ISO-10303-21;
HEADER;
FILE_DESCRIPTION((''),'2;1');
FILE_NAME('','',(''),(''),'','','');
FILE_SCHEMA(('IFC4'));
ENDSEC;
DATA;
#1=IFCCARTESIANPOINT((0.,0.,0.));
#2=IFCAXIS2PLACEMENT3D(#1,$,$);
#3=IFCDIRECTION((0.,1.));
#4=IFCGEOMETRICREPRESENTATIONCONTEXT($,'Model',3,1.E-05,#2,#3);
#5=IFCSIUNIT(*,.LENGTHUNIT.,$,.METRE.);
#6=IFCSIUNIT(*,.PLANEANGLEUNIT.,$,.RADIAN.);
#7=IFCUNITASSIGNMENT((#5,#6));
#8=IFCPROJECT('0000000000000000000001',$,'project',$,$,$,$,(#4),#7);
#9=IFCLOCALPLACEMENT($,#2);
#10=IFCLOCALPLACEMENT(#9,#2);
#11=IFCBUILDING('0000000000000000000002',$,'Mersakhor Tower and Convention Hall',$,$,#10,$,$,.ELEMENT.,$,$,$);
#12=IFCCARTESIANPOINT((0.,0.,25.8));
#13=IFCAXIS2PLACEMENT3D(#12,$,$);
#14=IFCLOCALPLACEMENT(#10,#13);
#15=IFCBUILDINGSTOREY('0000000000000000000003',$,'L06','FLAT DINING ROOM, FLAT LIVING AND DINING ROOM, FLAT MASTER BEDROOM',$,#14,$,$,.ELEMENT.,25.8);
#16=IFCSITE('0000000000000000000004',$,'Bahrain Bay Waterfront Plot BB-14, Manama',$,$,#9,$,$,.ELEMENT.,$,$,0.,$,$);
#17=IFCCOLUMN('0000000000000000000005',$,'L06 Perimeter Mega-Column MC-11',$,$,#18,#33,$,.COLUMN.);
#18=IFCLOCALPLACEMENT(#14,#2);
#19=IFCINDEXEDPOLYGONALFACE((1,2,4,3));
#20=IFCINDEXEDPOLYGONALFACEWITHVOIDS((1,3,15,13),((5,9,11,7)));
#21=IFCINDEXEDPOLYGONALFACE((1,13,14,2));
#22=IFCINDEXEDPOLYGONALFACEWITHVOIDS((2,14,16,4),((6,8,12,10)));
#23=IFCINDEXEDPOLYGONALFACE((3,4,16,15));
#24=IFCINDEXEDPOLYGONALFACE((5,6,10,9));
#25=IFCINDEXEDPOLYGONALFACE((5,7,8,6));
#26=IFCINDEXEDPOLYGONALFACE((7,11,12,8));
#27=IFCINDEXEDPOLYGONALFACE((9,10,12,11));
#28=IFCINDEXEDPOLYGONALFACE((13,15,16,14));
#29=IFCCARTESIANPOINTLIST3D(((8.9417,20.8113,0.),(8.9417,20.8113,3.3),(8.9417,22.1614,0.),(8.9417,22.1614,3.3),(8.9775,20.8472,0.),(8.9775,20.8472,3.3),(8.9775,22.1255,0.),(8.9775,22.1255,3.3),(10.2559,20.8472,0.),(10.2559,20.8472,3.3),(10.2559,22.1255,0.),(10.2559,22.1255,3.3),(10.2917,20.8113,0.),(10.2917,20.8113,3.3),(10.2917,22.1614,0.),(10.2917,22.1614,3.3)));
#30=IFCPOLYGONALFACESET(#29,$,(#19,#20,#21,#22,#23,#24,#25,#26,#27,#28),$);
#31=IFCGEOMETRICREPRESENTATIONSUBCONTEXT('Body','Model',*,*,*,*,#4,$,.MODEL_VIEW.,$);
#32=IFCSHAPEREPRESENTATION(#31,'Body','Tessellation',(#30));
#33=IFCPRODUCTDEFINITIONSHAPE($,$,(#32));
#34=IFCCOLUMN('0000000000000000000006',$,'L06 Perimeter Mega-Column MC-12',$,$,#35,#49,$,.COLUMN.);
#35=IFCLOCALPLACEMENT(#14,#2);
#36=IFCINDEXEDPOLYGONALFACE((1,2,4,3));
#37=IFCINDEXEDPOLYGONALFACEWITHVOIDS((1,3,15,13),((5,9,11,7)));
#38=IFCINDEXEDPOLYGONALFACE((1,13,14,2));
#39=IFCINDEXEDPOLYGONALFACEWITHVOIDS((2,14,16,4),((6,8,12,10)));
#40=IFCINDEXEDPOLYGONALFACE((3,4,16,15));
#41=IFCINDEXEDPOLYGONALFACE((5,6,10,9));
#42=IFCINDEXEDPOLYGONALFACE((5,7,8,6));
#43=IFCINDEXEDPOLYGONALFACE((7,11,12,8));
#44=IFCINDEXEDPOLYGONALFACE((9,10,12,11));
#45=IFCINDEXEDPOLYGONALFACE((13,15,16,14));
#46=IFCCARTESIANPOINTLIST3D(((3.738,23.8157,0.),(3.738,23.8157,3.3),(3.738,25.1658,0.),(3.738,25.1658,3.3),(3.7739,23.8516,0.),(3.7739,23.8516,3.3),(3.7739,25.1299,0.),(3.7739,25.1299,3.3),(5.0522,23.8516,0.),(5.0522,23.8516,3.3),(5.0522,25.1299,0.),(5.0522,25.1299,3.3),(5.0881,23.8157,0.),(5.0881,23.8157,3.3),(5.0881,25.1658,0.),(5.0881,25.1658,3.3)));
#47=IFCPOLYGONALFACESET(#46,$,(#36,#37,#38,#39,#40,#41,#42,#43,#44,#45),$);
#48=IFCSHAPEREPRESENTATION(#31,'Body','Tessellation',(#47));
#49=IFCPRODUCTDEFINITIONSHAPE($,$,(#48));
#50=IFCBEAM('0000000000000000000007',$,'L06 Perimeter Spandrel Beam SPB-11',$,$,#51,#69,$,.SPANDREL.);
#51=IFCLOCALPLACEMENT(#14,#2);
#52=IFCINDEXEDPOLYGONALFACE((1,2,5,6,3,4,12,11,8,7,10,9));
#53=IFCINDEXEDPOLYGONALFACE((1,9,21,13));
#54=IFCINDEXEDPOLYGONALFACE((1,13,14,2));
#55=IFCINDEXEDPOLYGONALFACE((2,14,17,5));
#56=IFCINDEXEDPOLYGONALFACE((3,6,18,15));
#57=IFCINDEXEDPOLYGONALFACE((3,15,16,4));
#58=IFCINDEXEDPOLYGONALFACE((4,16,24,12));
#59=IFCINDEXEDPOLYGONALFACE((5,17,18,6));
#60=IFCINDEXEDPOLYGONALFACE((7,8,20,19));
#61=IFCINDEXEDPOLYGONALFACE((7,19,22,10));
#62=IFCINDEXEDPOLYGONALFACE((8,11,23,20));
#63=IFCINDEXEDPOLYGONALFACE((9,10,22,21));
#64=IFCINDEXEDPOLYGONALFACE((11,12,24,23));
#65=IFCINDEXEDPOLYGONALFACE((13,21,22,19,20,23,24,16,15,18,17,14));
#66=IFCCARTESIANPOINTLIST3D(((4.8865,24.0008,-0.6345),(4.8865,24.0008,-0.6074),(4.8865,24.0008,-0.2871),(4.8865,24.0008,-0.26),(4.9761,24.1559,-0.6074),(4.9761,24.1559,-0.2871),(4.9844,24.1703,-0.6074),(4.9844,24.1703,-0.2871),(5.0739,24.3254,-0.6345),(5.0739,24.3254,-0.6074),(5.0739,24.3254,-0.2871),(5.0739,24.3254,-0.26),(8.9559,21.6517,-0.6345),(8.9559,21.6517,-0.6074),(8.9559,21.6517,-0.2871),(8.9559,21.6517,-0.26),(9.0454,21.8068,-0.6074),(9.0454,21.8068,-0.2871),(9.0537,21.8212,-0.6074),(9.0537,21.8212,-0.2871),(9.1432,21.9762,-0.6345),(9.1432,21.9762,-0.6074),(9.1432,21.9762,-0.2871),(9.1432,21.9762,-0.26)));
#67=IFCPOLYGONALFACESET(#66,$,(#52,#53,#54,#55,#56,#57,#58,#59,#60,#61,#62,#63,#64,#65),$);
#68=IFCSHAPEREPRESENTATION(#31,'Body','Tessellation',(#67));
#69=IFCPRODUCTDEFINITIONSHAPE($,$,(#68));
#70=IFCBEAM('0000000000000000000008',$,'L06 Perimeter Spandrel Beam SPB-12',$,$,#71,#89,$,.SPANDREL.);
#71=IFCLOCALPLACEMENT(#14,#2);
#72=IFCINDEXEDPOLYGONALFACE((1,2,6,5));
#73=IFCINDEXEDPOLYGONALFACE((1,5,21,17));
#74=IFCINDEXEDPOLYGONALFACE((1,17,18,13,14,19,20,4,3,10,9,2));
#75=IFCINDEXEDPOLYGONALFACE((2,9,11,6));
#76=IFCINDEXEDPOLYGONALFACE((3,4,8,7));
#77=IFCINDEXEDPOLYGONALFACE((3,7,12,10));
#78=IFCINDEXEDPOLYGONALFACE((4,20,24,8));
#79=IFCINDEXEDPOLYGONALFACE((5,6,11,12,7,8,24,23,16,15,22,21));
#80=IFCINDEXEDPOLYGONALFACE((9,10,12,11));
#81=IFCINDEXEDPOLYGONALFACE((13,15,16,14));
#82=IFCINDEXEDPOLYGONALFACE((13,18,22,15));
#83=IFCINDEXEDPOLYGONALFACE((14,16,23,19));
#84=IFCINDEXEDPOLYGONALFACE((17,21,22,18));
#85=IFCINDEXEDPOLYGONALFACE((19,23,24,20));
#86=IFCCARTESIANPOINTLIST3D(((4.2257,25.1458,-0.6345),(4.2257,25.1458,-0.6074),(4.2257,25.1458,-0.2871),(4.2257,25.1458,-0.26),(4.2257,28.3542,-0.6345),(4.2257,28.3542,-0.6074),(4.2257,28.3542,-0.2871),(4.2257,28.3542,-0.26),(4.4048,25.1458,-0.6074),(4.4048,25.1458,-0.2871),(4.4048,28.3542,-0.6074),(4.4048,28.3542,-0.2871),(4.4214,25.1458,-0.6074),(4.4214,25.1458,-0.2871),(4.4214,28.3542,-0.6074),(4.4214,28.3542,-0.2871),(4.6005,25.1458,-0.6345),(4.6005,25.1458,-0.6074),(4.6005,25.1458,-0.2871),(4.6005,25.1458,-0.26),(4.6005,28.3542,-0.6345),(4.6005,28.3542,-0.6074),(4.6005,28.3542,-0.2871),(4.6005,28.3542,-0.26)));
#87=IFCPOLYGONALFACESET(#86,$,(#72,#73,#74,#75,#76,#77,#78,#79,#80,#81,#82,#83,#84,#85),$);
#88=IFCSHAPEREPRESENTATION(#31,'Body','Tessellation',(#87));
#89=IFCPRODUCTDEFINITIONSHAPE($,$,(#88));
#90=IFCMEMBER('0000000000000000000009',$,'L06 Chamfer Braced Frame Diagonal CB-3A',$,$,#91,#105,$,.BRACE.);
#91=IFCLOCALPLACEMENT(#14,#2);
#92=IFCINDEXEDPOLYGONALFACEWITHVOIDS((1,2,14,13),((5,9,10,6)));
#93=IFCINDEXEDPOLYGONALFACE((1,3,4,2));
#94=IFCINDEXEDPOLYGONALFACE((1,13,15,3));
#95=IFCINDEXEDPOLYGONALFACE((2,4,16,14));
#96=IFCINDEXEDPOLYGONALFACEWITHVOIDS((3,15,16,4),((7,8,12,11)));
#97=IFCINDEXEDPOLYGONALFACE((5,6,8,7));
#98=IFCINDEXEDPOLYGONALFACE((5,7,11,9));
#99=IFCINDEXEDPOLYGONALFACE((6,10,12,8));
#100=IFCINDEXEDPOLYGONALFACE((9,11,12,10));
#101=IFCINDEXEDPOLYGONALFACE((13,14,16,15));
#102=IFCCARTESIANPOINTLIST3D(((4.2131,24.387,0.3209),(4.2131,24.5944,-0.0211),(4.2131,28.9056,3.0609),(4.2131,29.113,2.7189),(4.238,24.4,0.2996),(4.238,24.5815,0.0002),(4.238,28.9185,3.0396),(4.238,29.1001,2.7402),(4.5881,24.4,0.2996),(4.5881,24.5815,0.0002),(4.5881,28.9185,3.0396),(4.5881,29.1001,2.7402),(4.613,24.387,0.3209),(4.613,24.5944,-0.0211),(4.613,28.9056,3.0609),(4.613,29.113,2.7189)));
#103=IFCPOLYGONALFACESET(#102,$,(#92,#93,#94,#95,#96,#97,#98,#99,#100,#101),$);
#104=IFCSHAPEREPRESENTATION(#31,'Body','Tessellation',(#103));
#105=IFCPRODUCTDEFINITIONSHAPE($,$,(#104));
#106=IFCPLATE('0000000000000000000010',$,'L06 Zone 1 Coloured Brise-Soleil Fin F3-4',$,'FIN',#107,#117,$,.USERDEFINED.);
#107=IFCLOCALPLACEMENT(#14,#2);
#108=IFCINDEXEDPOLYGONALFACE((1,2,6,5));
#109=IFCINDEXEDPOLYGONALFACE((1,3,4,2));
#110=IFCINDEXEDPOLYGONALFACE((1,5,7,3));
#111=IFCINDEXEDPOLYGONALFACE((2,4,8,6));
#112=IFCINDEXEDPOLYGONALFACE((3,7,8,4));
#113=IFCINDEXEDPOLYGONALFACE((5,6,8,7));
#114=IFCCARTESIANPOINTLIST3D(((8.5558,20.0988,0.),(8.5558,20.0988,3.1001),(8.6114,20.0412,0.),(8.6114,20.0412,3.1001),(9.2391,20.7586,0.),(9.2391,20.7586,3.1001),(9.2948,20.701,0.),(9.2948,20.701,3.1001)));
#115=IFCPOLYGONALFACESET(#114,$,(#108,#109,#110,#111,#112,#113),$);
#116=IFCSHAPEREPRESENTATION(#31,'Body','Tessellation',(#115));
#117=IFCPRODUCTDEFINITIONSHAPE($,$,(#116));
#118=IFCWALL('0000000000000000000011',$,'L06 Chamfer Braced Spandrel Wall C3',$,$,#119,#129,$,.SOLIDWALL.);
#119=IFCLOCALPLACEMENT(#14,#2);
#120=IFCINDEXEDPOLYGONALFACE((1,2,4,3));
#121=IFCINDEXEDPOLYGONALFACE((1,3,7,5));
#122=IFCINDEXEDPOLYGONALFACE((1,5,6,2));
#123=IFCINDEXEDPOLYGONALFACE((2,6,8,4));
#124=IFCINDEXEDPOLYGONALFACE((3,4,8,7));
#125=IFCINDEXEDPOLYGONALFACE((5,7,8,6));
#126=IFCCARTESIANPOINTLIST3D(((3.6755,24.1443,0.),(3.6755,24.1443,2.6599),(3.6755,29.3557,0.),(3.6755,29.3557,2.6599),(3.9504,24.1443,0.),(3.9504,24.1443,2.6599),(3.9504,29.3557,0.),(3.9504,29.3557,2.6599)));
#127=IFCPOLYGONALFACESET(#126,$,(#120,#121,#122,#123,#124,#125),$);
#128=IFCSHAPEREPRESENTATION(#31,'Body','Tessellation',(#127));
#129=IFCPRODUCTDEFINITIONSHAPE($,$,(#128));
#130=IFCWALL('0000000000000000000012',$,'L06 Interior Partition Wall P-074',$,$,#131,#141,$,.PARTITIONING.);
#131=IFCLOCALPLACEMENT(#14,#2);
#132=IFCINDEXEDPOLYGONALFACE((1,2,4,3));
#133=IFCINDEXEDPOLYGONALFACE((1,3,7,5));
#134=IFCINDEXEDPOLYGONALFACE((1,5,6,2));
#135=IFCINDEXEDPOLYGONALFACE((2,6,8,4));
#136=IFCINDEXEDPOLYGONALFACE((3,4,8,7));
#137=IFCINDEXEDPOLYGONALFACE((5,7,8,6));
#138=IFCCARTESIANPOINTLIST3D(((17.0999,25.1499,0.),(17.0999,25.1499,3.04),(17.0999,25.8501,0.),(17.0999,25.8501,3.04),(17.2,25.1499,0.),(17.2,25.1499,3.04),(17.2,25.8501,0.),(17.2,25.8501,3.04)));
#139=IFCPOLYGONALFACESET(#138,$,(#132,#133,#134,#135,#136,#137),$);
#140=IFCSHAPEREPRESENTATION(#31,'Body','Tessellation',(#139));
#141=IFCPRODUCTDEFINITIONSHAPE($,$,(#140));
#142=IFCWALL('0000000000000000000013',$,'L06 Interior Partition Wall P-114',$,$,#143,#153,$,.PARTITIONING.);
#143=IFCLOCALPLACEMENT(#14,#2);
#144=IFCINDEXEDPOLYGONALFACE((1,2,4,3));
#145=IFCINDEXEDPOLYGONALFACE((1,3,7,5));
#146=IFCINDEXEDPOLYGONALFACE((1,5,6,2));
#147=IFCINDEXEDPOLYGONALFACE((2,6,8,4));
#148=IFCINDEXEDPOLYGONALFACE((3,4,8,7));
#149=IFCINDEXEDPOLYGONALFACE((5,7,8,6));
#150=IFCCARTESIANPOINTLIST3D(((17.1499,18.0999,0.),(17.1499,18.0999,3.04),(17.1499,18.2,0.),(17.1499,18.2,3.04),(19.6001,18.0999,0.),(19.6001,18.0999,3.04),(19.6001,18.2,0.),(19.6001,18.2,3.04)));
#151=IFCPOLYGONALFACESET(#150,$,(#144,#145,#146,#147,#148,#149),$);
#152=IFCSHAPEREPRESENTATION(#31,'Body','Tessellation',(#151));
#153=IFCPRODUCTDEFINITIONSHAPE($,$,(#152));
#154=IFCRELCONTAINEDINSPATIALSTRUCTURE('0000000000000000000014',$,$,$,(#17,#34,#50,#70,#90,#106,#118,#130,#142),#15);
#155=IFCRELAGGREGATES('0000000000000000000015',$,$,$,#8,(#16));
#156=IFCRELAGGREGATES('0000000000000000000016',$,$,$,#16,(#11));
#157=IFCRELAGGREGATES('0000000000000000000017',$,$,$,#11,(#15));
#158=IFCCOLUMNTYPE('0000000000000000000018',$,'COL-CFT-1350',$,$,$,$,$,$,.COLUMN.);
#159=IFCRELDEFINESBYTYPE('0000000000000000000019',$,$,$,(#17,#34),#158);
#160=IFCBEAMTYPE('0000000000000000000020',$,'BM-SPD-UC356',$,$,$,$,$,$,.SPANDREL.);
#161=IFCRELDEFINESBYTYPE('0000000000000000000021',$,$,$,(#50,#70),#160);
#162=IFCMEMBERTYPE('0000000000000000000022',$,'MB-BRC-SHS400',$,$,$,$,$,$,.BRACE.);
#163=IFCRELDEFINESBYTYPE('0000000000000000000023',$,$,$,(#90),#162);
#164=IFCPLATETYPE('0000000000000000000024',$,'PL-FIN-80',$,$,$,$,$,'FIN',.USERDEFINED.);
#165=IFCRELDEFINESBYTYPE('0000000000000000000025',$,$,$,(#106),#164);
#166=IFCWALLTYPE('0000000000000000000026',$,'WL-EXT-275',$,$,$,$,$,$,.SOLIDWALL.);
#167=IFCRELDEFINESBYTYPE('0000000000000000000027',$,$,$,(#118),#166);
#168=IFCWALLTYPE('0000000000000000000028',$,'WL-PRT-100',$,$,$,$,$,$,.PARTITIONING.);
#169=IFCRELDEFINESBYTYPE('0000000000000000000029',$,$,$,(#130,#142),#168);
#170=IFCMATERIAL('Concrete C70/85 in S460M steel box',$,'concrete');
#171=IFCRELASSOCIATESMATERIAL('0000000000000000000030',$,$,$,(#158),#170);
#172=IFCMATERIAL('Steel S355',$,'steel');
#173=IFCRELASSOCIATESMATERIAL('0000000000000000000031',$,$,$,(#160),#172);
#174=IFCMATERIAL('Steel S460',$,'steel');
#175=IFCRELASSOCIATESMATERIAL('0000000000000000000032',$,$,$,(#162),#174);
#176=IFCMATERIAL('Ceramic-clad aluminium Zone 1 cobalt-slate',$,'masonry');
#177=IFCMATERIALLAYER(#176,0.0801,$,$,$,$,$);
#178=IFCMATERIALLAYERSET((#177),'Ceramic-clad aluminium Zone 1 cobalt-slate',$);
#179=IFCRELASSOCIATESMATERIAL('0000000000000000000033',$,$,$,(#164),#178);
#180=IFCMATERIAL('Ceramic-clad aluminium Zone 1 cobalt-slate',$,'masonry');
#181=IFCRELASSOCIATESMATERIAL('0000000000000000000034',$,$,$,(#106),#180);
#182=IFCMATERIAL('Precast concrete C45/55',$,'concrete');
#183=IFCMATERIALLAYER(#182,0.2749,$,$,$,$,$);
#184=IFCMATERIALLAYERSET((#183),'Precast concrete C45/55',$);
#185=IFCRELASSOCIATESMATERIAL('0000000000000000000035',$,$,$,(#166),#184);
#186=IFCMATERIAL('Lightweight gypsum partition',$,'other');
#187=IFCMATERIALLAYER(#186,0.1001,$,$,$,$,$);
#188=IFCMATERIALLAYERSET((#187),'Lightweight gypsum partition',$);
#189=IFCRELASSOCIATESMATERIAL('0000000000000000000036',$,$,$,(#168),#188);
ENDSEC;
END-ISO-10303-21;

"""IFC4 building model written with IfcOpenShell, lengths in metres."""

from ifc_helpers import new_model, si_unit, direction, frame, frame_2d, origin, origin_2d, place, context, subcontext, project, spatial, rectangle, hollow_rectangle, i_section, extrude, material, layer, layer_set, material_profile, profile_set, type_object, element, save


model = new_model("IFC4")

# Units and contexts
model_context = context("Model", 3, precision=1e-05, world=origin(), true_north=direction((0.0, 1.0)))
body_context = subcontext(model_context, "Body", "Model", "MODEL_VIEW")
ifc_project = project(units=[si_unit("LENGTHUNIT", "METRE"), si_unit("PLANEANGLEUNIT", "RADIAN")], contexts=[model_context])

# Site, building, storey
site_placement = place(None, origin())
site = spatial("IfcSite", under=ifc_project, at=site_placement, Name="Bahrain Bay Waterfront Plot BB-14, Manama", CompositionType="ELEMENT", RefElevation=0.0)
building_placement = place(site_placement, origin())
building = spatial("IfcBuilding", under=site, at=building_placement, Name="Mersakhor Tower and Convention Hall", CompositionType="ELEMENT")
storey_placement = place(building_placement, frame((0.0, 0.0, 25.8)))
storey = spatial("IfcBuildingStorey", under=building, at=storey_placement, Name="L06", Description="FLAT DINING ROOM, FLAT LIVING AND DINING ROOM, FLAT MASTER BEDROOM", CompositionType="ELEMENT", Elevation=25.8)

# Columns
ifc_material_1 = material(Name="Concrete C70/85 in S460M steel box", Category="concrete")
ifc_material_profile_1 = material_profile(ifc_material_1, hollow_rectangle(XDim=1.3501, YDim=1.3501, WallThickness=0.0359, at=origin_2d()), Name="SHS 1350x1350x36")
ifc_profile_set_1 = profile_set([ifc_material_profile_1], Name="Concrete C70/85 in S460M steel box")
column_type = type_object("IfcColumnType", Name="COL-CFT-1350", PredefinedType="COLUMN", material=ifc_profile_set_1)
for number, where, z_axis, x_axis, name in (
    (1, (9.6167, 21.4863, 0.0), (0.0, 0.0, 1.0), (1.0, 0.0, 0.0), "L06 Perimeter Mega-Column MC-11"),
    (2, (4.4131, 24.4907, 0.0), (0.0, 0.0, 1.0), (1.0, 0.0, 0.0), "L06 Perimeter Mega-Column MC-12"),
):
    element("IfcColumn", number, at=place(storey_placement, frame(where, z_axis=z_axis, x_axis=x_axis)), inside=storey, type_object=column_type, Name=name, PredefinedType="COLUMN", context=body_context, shape_type="SweptSolid", body=[
        extrude(hollow_rectangle(XDim=1.3501, YDim=1.3501, WallThickness=0.0359, at=origin_2d()), origin(), (0.0, 0.0, 1.0), 3.3),
    ])

# Beams
ifc_material_2 = material(Name="Steel S355", Category="steel")
ifc_material_profile_2 = material_profile(ifc_material_2, i_section(OverallWidth=0.3748, OverallDepth=0.3745, WebThickness=0.0166, FlangeThickness=0.0271, at=origin_2d()), Name="UC 356x368x202")
ifc_profile_set_2 = profile_set([ifc_material_profile_2], Name="Steel S355")
beam_type = type_object("IfcBeamType", Name="BM-SPD-UC356", PredefinedType="SPANDREL", material=ifc_profile_set_2)
beam_1_placement = place(storey_placement, frame((9.0496, 21.814, -0.4473), z_axis=(-0.866054, 0.49995, 0.0), x_axis=(-0.49995, -0.866054, 0.0)))
element("IfcBeam", 3, at=beam_1_placement, inside=storey, type_object=beam_type, Name="L06 Perimeter Spandrel Beam SPB-11", PredefinedType="SPANDREL", context=body_context, shape_type="SweptSolid", body=[
    extrude(i_section(OverallWidth=0.3748, OverallDepth=0.3745, WebThickness=0.0166, FlangeThickness=0.0271, at=origin_2d()), origin(), (0.0, 0.0, 1.0), 4.6987),
])
beam_2_placement = place(storey_placement, frame((4.4131, 25.1458, -0.4473), z_axis=(0.0, 1.0, 0.0), x_axis=(-1.0, 0.0, 0.0)))
element("IfcBeam", 4, at=beam_2_placement, inside=storey, type_object=beam_type, Name="L06 Perimeter Spandrel Beam SPB-12", PredefinedType="SPANDREL", context=body_context, shape_type="SweptSolid", body=[
    extrude(i_section(OverallWidth=0.3748, OverallDepth=0.3745, WebThickness=0.0166, FlangeThickness=0.0271, at=origin_2d()), origin(), (0.0, 0.0, 1.0), 3.2085),
])

# Member
ifc_material_3 = material(Name="Steel S460", Category="steel")
ifc_material_profile_3 = material_profile(ifc_material_3, hollow_rectangle(XDim=0.3999, YDim=0.3999, WallThickness=0.0249, at=origin_2d()), Name="SHS 400x400x25")
ifc_profile_set_3 = profile_set([ifc_material_profile_3], Name="Steel S460")
member_type = type_object("IfcMemberType", Name="MB-BRC-SHS400", PredefinedType="BRACE", material=ifc_profile_set_3)
member_placement = place(storey_placement, frame((4.4131, 24.4907, 0.1499), z_axis=(0.0, 0.855074, 0.518505), x_axis=(-1.0, 0.0, 0.0)))
element("IfcMember", 5, at=member_placement, inside=storey, type_object=member_type, Name="L06 Chamfer Braced Frame Diagonal CB-3A", PredefinedType="BRACE", context=body_context, shape_type="SweptSolid", body=[
    extrude(hollow_rectangle(XDim=0.3999, YDim=0.3999, WallThickness=0.0249, at=origin_2d()), origin(), (0.0, 0.0, 1.0), 5.2844),
])

# Plate
ifc_material_4 = material(Name="Ceramic-clad aluminium Zone 1 cobalt-slate", Category="masonry")
ifc_material_5 = material(Name="Ceramic-clad aluminium Zone 1 cobalt-slate", Category="masonry")
ifc_layer_1 = layer(ifc_material_5, 0.0801)
ifc_layer_set_1 = layer_set([ifc_layer_1], Name="Ceramic-clad aluminium Zone 1 cobalt-slate")
plate_type = type_object("IfcPlateType", Name="PL-FIN-80", ElementType="FIN", PredefinedType="USERDEFINED", material=ifc_layer_set_1)
plate_placement = place(storey_placement, frame((8.9253, 20.3999, 0.0), z_axis=(0.0, 0.0, 1.0), x_axis=(-0.71934, -0.694658, 0.0)))
element("IfcPlate", 6, at=plate_placement, inside=storey, type_object=plate_type, material=ifc_material_4, Name="L06 Zone 1 Coloured Brise-Soleil Fin F3-4", ObjectType="FIN", PredefinedType="USERDEFINED", context=body_context, shape_type="SweptSolid", body=[
    extrude(rectangle(XDim=0.95, YDim=0.0801, at=origin_2d()), origin(), (0.0, 0.0, 1.0), 3.1001),
])

# Walls
ifc_material_6 = material(Name="Precast concrete C45/55", Category="concrete")
ifc_layer_2 = layer(ifc_material_6, 0.2749)
ifc_layer_set_2 = layer_set([ifc_layer_2], Name="Precast concrete C45/55")
wall_type_1 = type_object("IfcWallType", Name="WL-EXT-275", PredefinedType="SOLIDWALL", material=ifc_layer_set_2)
wall_1_placement = place(storey_placement, frame((3.813, 24.1443, 0.0), z_axis=(0.0, 0.0, 1.0), x_axis=(0.0, 1.0, 0.0)))
element("IfcWall", 7, at=wall_1_placement, inside=storey, type_object=wall_type_1, Name="L06 Chamfer Braced Spandrel Wall C3", PredefinedType="SOLIDWALL", context=body_context, shape_type="SweptSolid", body=[
    extrude(rectangle(XDim=5.2114, YDim=0.2749, at=frame_2d((2.6057, 0.0))), origin(), (0.0, 0.0, 1.0), 2.6599),
])
ifc_material_7 = material(Name="Lightweight gypsum partition", Category="other")
ifc_layer_3 = layer(ifc_material_7, 0.1001)
ifc_layer_set_3 = layer_set([ifc_layer_3], Name="Lightweight gypsum partition")
wall_type_2 = type_object("IfcWallType", Name="WL-PRT-100", PredefinedType="PARTITIONING", material=ifc_layer_set_3)
wall_2_placement = place(storey_placement, frame((17.1499, 25.1499, 0.0), z_axis=(0.0, 0.0, 1.0), x_axis=(0.0, 1.0, 0.0)))
element("IfcWall", 8, at=wall_2_placement, inside=storey, type_object=wall_type_2, Name="L06 Interior Partition Wall P-074", PredefinedType="PARTITIONING", context=body_context, shape_type="SweptSolid", body=[
    extrude(rectangle(XDim=0.7002, YDim=0.1001, at=frame_2d((0.3501, 0.0))), origin(), (0.0, 0.0, 1.0), 3.04),
])
wall_3_placement = place(storey_placement, frame((19.6001, 18.1499, 0.0), z_axis=(0.0, 0.0, 1.0), x_axis=(-1.0, 0.0, 0.0)))
element("IfcWall", 9, at=wall_3_placement, inside=storey, type_object=wall_type_2, Name="L06 Interior Partition Wall P-114", PredefinedType="PARTITIONING", context=body_context, shape_type="SweptSolid", body=[
    extrude(rectangle(XDim=2.4502, YDim=0.1001, at=frame_2d((1.2251, 0.0))), origin(), (0.0, 0.0, 1.0), 3.04),
])

save(model, "model.ifc")
